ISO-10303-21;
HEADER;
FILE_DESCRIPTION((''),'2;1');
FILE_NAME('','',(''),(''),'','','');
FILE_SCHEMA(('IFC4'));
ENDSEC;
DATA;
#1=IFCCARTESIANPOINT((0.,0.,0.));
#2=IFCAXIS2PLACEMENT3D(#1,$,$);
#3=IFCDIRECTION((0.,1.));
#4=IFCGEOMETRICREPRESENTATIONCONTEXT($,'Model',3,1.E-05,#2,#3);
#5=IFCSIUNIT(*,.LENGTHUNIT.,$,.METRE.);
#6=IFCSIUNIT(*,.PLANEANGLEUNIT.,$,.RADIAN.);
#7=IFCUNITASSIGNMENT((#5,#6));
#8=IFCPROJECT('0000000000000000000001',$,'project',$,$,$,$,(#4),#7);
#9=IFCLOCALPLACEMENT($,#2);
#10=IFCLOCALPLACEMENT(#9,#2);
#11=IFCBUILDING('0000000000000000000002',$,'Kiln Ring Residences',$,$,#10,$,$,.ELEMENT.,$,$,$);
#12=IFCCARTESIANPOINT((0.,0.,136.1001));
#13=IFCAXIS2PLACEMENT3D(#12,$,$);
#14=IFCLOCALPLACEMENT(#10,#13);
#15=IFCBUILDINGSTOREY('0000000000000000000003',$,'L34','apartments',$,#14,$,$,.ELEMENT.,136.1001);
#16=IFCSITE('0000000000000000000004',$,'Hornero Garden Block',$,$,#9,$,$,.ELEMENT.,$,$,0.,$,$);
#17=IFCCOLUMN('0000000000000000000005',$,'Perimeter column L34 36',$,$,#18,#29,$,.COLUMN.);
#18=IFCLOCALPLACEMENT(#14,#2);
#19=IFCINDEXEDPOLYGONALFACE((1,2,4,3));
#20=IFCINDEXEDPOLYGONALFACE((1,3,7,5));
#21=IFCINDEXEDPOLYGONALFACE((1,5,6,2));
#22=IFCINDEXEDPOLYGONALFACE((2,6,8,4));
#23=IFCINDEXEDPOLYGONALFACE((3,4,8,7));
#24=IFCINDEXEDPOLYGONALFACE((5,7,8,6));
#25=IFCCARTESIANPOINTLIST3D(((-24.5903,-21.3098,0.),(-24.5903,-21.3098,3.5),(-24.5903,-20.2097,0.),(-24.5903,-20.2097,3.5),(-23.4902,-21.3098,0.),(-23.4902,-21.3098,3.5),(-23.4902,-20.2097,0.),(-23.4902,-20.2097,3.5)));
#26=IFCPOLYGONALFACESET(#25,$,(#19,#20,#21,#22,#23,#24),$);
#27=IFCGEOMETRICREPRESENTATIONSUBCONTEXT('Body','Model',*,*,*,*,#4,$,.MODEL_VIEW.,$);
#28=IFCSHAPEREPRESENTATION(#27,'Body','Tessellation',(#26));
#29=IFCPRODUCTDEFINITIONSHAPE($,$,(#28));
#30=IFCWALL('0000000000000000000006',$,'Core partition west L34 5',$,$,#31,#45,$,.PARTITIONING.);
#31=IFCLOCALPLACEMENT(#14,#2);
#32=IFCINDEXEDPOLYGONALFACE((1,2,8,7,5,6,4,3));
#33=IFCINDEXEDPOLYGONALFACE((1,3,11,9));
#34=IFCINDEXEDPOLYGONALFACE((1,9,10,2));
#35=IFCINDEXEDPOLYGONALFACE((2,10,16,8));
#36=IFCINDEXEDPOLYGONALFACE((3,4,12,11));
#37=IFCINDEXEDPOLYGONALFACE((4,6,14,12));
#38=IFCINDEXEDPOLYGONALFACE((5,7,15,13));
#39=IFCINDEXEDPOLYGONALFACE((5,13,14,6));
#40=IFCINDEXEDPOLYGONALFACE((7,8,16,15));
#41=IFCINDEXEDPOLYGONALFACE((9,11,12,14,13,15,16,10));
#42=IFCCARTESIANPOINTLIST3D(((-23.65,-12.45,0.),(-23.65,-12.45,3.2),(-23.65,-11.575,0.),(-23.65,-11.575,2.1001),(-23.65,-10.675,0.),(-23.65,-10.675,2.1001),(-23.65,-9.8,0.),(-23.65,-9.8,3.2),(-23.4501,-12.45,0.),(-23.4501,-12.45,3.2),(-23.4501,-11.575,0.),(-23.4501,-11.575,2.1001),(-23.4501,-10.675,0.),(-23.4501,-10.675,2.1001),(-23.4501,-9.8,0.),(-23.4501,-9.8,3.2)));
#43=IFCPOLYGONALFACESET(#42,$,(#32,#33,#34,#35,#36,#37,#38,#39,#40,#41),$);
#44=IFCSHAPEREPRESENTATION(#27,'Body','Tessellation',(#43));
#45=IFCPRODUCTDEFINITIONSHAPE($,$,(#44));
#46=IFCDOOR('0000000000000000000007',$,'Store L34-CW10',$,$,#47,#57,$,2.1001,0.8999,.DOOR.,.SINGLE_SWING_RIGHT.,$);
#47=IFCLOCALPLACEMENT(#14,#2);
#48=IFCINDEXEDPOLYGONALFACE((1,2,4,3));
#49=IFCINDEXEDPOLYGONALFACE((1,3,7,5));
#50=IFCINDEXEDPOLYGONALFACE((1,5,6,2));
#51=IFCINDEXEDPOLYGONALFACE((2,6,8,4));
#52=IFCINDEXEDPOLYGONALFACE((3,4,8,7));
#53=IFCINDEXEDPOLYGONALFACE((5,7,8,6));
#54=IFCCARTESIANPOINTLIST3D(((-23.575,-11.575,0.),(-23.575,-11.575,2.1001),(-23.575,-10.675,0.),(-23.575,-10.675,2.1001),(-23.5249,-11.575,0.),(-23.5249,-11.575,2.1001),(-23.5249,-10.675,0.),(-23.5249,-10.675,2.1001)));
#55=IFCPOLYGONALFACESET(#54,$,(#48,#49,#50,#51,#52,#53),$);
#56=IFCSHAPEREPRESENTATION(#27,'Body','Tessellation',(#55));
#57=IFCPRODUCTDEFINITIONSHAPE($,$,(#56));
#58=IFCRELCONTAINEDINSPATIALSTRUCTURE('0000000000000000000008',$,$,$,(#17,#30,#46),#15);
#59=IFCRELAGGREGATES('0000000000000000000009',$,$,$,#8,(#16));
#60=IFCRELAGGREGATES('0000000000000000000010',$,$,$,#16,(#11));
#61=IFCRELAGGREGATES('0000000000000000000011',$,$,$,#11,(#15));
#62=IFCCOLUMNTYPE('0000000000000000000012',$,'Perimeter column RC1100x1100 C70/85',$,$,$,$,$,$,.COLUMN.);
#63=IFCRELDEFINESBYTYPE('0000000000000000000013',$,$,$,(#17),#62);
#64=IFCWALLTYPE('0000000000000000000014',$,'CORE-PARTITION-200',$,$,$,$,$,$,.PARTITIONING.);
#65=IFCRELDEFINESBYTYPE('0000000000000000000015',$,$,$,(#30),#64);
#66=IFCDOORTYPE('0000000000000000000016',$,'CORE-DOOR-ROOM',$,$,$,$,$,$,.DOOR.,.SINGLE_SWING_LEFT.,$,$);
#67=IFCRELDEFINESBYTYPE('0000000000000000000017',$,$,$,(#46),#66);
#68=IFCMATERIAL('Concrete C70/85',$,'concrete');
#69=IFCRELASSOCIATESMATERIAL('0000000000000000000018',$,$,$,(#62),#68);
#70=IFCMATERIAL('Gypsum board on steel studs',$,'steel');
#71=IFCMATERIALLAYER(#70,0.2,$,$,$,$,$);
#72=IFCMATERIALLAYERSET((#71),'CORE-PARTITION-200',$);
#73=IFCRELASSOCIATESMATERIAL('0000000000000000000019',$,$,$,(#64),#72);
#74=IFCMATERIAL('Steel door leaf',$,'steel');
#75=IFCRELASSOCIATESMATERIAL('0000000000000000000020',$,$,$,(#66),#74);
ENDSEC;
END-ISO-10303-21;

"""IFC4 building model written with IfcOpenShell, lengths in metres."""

from ifc_helpers import new_model, si_unit, direction, frame, frame_2d, origin, origin_2d, place, context, subcontext, project, spatial, rectangle, extrude, material, layer, layer_set, material_profile, profile_set, type_object, element, fill, save


model = new_model("IFC4")

# Units and contexts
model_context = context("Model", 3, precision=1e-05, world=origin(), true_north=direction((0.0, 1.0)))
body_context = subcontext(model_context, "Body", "Model", "MODEL_VIEW")
ifc_project = project(units=[si_unit("LENGTHUNIT", "METRE"), si_unit("PLANEANGLEUNIT", "RADIAN")], contexts=[model_context])

# Site, building, storey
site_placement = place(None, origin())
site = spatial("IfcSite", under=ifc_project, at=site_placement, Name="Hornero Garden Block", CompositionType="ELEMENT", RefElevation=0.0)
building_placement = place(site_placement, origin())
building = spatial("IfcBuilding", under=site, at=building_placement, Name="Kiln Ring Residences", CompositionType="ELEMENT")
storey_placement = place(building_placement, frame((0.0, 0.0, 136.1001)))
storey = spatial("IfcBuildingStorey", under=building, at=storey_placement, Name="L34", Description="apartments", CompositionType="ELEMENT", Elevation=136.1001)

# Column
ifc_material_1 = material(Name="Concrete C70/85", Category="concrete")
ifc_material_profile = material_profile(ifc_material_1, rectangle(XDim=1.1001, YDim=1.1001, at=origin_2d()), Name="RC1100x1100")
ifc_profile_set = profile_set([ifc_material_profile], Name="Concrete C70/85")
column_type = type_object("IfcColumnType", Name="Perimeter column RC1100x1100 C70/85", PredefinedType="COLUMN", material=ifc_profile_set)
column_placement = place(storey_placement, frame((-24.0403, -20.7598, 0.0), z_axis=(0.0, 0.0, 1.0), x_axis=(1.0, 0.0, 0.0)))
element("IfcColumn", 1, at=column_placement, inside=storey, type_object=column_type, Name="Perimeter column L34 36", PredefinedType="COLUMN", context=body_context, shape_type="SweptSolid", body=[
    extrude(rectangle(XDim=1.1001, YDim=1.1001, at=origin_2d()), origin(), (0.0, 0.0, 1.0), 3.5),
])

# Wall, opening, door
ifc_material_2 = material(Name="Gypsum board on steel studs", Category="steel")
ifc_layer_1 = layer(ifc_material_2, 0.2)
ifc_layer_set_1 = layer_set([ifc_layer_1], Name="CORE-PARTITION-200")
wall_type_1 = type_object("IfcWallType", Name="CORE-PARTITION-200", PredefinedType="PARTITIONING", material=ifc_layer_set_1)
wall_1_placement = place(storey_placement, frame((-23.55, -12.45, 0.0), z_axis=(0.0, 0.0, 1.0), x_axis=(0.0, 1.0, 0.0)))
wall_1 = element("IfcWall", 2, at=wall_1_placement, inside=storey, type_object=wall_type_1, Name="Core partition west L34 5", PredefinedType="PARTITIONING", context=body_context, shape_type="SweptSolid", body=[
    extrude(rectangle(XDim=2.6499, YDim=0.2, at=frame_2d((1.325, 0.0))), origin(), (0.0, 0.0, 1.0), 3.2),
])
opening_1_placement = place(wall_1_placement, frame((0.875, 0.0, 0.0)))
opening_1 = element("IfcOpeningElement", 3, at=opening_1_placement, cuts=wall_1, PredefinedType="OPENING", context=body_context, shape_type="SweptSolid", body=[
    extrude(rectangle(XDim=0.8999, YDim=2.1001, at=frame_2d((0.45, 1.05))), frame((0.0, 0.1099, 0.0), z_axis=(0.0, -1.0, 0.0), x_axis=(1.0, 0.0, 0.0)), (0.0, 0.0, 1.0), 0.22),
])
ifc_material_3 = material(Name="Steel door leaf", Category="steel")
door_type_1 = type_object("IfcDoorType", Name="CORE-DOOR-ROOM", OperationType="SINGLE_SWING_LEFT", PredefinedType="DOOR", material=ifc_material_3)
door_1_placement = place(opening_1_placement, origin())
door_1 = element("IfcDoor", 4, at=door_1_placement, inside=storey, type_object=door_type_1, Name="Store L34-CW10", OperationType="SINGLE_SWING_RIGHT", OverallHeight=2.1001, OverallWidth=0.8999, PredefinedType="DOOR", context=body_context, shape_type="SweptSolid", body=[
    extrude(rectangle(XDim=0.8999, YDim=2.1001, at=frame_2d((0.45, 1.05))), frame((0.0, 0.0249, 0.0), z_axis=(0.0, -1.0, 0.0), x_axis=(1.0, 0.0, 0.0)), (0.0, 0.0, 1.0), 0.05),
])
fill(opening_1, door_1)

save(model, "model.ifc")
